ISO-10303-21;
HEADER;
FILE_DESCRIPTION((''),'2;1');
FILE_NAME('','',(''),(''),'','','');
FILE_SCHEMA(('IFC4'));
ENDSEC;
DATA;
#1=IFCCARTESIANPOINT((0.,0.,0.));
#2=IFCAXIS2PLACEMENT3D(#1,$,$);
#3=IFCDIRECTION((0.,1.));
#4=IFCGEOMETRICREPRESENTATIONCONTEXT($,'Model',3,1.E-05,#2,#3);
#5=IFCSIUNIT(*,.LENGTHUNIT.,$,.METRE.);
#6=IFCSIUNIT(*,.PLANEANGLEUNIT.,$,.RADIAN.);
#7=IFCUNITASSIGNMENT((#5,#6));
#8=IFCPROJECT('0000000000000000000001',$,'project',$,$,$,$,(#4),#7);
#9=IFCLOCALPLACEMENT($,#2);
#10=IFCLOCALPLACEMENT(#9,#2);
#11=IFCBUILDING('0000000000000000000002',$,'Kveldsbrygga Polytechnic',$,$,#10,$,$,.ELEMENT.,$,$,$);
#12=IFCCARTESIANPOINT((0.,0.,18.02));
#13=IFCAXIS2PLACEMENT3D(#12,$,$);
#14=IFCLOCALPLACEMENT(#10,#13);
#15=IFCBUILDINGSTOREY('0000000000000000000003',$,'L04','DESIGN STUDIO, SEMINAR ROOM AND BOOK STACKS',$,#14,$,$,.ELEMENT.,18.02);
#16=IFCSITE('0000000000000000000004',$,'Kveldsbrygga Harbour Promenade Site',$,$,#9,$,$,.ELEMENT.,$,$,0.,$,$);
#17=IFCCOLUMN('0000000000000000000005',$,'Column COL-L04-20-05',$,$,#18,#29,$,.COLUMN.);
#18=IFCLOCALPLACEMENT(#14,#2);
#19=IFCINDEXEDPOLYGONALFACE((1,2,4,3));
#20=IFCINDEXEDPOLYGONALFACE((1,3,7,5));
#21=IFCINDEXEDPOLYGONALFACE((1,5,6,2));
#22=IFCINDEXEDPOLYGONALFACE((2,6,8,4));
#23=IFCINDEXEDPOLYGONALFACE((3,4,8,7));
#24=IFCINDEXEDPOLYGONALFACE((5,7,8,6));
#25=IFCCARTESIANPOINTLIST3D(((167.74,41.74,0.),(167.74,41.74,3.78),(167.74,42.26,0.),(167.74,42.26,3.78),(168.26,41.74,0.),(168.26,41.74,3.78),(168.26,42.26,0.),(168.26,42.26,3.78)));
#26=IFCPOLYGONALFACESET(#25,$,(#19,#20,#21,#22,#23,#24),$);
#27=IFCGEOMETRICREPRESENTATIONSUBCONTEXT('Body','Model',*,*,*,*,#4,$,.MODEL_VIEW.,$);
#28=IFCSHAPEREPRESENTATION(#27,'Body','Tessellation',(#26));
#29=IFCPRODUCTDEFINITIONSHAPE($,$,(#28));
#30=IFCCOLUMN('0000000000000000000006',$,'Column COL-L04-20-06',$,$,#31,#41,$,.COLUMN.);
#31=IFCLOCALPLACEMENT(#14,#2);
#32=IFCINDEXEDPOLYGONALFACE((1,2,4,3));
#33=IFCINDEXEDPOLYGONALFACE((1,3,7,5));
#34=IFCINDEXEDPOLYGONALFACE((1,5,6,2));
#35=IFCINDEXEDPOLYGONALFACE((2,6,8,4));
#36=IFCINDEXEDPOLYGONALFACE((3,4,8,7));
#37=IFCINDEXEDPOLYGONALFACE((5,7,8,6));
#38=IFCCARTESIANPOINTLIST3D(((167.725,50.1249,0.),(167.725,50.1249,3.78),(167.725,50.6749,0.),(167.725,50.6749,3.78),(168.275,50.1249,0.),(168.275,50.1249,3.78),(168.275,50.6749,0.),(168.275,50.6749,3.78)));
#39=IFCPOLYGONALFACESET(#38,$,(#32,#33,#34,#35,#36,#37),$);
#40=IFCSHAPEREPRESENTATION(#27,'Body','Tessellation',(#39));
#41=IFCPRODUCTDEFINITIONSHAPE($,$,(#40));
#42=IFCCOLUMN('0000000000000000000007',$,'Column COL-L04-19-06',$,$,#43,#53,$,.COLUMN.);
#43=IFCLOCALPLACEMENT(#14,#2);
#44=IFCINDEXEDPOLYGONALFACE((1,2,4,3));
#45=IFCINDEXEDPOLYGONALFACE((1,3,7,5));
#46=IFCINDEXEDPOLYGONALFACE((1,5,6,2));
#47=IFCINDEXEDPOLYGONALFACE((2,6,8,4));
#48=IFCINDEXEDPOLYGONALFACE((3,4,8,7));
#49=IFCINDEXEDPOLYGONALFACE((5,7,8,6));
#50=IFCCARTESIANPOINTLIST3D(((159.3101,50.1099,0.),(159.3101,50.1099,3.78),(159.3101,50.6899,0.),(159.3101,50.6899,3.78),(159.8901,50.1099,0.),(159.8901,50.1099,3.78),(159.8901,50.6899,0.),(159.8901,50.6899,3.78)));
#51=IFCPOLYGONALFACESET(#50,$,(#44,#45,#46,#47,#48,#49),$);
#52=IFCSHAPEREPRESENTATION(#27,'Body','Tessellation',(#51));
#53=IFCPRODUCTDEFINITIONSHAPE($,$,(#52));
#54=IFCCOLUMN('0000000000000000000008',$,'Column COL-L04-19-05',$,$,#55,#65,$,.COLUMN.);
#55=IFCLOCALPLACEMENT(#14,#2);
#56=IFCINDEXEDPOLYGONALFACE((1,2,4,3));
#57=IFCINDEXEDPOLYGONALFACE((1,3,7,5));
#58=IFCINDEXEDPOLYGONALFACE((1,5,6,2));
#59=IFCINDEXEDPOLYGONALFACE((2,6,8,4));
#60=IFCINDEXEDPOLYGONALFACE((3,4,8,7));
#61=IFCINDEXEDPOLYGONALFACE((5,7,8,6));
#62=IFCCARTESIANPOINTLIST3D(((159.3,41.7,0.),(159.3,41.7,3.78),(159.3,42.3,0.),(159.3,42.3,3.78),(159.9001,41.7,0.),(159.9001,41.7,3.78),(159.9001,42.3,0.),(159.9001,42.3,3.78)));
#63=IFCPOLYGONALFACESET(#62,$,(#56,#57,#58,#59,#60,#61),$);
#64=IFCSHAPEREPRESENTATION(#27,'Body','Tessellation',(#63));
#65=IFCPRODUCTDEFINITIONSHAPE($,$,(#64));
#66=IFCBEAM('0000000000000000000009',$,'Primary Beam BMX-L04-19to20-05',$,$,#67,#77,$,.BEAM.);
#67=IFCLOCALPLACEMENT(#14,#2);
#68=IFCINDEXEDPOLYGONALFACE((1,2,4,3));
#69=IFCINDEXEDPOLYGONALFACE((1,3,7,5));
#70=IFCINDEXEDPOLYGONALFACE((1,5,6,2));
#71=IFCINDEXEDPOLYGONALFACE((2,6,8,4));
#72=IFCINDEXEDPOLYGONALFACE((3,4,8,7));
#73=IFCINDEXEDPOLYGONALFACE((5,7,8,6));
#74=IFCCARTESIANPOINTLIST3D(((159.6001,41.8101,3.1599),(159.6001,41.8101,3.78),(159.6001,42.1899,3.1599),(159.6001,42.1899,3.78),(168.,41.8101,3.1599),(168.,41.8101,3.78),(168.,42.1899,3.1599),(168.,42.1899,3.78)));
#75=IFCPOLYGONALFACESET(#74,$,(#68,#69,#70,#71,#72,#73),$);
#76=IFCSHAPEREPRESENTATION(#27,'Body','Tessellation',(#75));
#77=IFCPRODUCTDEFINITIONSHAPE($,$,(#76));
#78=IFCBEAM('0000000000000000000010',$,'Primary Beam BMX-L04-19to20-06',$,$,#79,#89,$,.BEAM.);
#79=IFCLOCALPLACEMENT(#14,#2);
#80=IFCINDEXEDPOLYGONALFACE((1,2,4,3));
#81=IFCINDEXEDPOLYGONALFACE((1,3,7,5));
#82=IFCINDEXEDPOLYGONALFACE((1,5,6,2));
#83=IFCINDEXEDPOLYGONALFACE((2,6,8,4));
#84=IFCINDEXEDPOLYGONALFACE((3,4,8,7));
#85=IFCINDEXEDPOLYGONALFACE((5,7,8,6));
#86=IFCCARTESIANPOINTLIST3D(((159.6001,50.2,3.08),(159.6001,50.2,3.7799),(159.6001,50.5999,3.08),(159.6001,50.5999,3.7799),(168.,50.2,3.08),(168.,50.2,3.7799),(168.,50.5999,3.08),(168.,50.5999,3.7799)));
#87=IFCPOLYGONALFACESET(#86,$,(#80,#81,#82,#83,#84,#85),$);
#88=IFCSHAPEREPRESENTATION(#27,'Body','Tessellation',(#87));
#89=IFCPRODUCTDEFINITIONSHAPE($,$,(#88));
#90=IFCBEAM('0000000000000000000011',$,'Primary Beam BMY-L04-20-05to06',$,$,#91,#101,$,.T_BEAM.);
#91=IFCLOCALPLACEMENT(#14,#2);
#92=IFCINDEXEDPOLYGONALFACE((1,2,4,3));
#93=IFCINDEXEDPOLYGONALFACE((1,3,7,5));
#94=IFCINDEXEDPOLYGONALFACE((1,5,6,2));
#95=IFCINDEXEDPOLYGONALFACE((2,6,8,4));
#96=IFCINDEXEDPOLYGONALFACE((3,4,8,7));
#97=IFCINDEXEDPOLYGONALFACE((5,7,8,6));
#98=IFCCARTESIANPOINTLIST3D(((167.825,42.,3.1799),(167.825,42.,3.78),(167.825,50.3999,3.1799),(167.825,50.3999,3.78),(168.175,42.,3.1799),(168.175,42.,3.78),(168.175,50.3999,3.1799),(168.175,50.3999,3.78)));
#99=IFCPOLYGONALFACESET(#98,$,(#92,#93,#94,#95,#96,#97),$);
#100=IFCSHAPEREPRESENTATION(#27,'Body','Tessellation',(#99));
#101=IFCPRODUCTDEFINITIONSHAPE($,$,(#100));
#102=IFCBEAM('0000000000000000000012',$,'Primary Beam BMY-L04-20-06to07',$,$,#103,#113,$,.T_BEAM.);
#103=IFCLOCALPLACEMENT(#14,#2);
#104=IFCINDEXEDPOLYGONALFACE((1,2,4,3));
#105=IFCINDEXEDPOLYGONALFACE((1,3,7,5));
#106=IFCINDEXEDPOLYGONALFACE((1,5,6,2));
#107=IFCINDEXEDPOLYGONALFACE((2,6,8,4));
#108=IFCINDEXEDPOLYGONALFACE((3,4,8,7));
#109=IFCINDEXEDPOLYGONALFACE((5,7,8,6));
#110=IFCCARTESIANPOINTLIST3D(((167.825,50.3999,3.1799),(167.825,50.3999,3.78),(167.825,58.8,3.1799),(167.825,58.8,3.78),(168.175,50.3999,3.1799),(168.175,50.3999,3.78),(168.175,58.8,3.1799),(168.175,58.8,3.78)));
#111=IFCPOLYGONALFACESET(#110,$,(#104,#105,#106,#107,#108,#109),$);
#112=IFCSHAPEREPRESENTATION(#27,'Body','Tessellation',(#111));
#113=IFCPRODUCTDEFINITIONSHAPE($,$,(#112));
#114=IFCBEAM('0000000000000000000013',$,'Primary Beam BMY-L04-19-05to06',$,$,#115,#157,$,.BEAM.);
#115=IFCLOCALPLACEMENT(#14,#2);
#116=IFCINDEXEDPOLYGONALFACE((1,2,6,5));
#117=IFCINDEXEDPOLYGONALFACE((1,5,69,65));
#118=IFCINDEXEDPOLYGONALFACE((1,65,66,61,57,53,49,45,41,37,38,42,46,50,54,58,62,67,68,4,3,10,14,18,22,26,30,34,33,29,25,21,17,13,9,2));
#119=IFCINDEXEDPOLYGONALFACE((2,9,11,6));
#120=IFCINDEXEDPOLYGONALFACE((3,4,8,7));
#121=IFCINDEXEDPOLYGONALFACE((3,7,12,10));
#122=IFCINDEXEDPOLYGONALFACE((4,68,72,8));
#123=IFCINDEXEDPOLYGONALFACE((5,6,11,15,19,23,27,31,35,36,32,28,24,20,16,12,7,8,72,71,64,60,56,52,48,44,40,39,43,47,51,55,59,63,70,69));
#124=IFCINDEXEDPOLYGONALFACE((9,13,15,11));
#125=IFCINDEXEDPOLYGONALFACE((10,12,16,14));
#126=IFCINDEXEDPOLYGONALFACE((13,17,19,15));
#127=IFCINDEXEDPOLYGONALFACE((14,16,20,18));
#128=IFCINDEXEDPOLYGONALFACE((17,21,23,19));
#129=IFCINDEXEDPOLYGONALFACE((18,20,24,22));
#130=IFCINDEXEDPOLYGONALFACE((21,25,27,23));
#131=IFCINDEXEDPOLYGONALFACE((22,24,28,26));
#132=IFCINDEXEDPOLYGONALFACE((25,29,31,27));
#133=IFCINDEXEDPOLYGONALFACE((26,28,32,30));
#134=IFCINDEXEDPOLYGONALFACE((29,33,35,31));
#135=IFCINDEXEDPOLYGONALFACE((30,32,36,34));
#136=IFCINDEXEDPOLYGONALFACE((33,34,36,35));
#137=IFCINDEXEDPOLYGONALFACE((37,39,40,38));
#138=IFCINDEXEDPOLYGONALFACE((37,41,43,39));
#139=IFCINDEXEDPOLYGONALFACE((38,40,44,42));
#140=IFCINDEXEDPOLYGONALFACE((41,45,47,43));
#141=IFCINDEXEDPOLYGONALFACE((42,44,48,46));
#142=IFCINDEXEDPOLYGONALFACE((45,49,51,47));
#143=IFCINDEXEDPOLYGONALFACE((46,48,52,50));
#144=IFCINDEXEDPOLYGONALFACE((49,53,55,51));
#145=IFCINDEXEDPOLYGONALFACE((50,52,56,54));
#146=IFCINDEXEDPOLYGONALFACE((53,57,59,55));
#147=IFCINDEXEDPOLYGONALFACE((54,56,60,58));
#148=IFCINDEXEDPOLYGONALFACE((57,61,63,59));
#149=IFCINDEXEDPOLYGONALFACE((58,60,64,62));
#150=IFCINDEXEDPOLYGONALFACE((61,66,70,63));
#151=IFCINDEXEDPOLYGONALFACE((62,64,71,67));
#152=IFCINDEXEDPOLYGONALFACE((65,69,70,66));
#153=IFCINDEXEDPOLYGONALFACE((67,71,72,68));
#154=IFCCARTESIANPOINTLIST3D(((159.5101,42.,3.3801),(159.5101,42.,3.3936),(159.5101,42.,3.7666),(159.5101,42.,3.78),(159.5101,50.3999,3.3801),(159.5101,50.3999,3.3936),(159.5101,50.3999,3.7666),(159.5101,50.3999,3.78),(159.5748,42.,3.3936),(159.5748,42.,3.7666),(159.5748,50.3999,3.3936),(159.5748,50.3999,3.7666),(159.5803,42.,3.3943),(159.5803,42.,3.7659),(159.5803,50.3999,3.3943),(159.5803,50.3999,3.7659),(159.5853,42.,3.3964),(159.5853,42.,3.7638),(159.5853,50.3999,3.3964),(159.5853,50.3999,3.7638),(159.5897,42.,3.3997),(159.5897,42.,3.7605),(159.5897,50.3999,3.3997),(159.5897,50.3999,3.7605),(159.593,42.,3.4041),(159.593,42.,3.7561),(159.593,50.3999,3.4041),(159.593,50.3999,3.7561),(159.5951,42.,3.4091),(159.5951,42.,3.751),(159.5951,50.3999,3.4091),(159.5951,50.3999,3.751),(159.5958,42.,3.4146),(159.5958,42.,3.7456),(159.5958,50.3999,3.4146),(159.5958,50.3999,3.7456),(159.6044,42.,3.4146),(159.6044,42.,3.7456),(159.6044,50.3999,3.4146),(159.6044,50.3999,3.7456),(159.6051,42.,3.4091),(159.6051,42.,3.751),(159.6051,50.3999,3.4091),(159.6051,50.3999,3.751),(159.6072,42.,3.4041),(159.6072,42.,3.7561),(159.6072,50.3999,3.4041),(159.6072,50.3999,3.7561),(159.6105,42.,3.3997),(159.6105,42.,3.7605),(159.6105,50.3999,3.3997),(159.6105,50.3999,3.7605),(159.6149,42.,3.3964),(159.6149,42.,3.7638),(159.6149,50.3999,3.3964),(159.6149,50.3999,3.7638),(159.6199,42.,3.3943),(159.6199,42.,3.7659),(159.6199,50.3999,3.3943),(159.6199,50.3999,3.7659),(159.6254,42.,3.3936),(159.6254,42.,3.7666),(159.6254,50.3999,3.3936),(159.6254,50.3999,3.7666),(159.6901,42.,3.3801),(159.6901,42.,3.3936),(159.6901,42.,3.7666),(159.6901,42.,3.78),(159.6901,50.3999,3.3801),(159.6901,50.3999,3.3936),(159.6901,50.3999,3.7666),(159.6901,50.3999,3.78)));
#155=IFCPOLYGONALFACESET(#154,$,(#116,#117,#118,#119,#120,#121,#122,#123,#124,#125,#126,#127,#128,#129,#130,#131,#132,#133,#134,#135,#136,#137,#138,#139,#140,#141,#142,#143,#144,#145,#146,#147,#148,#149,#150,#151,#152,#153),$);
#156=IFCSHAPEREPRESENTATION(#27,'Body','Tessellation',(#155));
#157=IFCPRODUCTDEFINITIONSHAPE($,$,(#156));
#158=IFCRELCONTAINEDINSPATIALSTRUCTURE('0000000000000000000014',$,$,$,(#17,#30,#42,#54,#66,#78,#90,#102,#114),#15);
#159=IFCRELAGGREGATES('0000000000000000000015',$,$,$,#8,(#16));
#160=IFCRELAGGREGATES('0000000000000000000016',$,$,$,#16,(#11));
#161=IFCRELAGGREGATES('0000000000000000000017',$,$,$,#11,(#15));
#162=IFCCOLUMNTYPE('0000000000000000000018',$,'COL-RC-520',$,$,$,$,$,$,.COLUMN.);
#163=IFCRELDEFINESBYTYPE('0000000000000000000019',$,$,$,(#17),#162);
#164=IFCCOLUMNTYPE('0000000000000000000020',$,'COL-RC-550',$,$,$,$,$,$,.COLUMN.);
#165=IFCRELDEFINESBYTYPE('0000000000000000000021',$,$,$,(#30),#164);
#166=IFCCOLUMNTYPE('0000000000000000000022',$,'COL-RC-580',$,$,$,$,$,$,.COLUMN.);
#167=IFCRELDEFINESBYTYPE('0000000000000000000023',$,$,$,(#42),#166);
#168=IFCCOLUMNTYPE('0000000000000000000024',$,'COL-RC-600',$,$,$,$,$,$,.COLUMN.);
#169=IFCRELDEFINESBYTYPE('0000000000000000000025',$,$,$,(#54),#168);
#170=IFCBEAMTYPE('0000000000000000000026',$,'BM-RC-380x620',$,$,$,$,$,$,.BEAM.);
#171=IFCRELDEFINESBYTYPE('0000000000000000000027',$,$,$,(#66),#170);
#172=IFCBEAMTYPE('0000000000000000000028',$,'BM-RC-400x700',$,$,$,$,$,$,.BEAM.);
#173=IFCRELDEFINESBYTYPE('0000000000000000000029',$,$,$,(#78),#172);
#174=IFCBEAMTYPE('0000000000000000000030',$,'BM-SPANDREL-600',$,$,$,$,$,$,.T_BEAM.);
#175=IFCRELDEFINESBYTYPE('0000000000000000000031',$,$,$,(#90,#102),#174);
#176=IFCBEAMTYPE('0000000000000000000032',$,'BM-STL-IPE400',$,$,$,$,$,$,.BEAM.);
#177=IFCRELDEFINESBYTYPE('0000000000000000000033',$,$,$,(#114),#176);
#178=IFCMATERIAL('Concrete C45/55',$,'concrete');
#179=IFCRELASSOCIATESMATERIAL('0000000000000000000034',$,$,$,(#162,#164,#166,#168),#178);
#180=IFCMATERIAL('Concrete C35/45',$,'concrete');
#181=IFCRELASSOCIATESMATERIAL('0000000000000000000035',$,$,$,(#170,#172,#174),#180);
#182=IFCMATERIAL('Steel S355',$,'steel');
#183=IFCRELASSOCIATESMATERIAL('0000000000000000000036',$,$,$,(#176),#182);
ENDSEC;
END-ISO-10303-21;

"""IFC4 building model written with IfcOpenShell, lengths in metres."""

from ifc_helpers import new_model, si_unit, direction, frame, origin, origin_2d, place, context, subcontext, project, spatial, rectangle, i_section, extrude, material, material_profile, profile_set, type_object, element, save


model = new_model("IFC4")

# Units and contexts
model_context = context("Model", 3, precision=1e-05, world=origin(), true_north=direction((0.0, 1.0)))
body_context = subcontext(model_context, "Body", "Model", "MODEL_VIEW")
ifc_project = project(units=[si_unit("LENGTHUNIT", "METRE"), si_unit("PLANEANGLEUNIT", "RADIAN")], contexts=[model_context])

# Site, building, storey
site_placement = place(None, origin())
site = spatial("IfcSite", under=ifc_project, at=site_placement, Name="Kveldsbrygga Harbour Promenade Site", CompositionType="ELEMENT", RefElevation=0.0)
building_placement = place(site_placement, origin())
building = spatial("IfcBuilding", under=site, at=building_placement, Name="Kveldsbrygga Polytechnic", CompositionType="ELEMENT")
storey_placement = place(building_placement, frame((0.0, 0.0, 18.02)))
storey = spatial("IfcBuildingStorey", under=building, at=storey_placement, Name="L04", Description="DESIGN STUDIO, SEMINAR ROOM AND BOOK STACKS", CompositionType="ELEMENT", Elevation=18.02)

# Columns
ifc_material_1 = material(Name="Concrete C45/55", Category="concrete")
ifc_material_profile_1 = material_profile(ifc_material_1, rectangle(XDim=0.52, YDim=0.52, at=origin_2d()), Name="RC 520x520")
ifc_profile_set_1 = profile_set([ifc_material_profile_1], Name="Concrete C45/55")
column_type_1 = type_object("IfcColumnType", Name="COL-RC-520", PredefinedType="COLUMN", material=ifc_profile_set_1)
column_1_placement = place(storey_placement, frame((168.0, 42.0, 0.0), z_axis=(0.0, 0.0, 1.0), x_axis=(1.0, 0.0, 0.0)))
element("IfcColumn", 1, at=column_1_placement, inside=storey, type_object=column_type_1, Name="Column COL-L04-20-05", PredefinedType="COLUMN", context=body_context, shape_type="SweptSolid", body=[
    extrude(rectangle(XDim=0.52, YDim=0.52, at=origin_2d()), origin(), (0.0, 0.0, 1.0), 3.78),
])
ifc_material_profile_2 = material_profile(ifc_material_1, rectangle(XDim=0.55, YDim=0.55, at=origin_2d()), Name="RC 550x550")
ifc_profile_set_2 = profile_set([ifc_material_profile_2], Name="Concrete C45/55")
column_type_2 = type_object("IfcColumnType", Name="COL-RC-550", PredefinedType="COLUMN", material=ifc_profile_set_2)
column_2_placement = place(storey_placement, frame((168.0, 50.3999, 0.0), z_axis=(0.0, 0.0, 1.0), x_axis=(1.0, 0.0, 0.0)))
element("IfcColumn", 2, at=column_2_placement, inside=storey, type_object=column_type_2, Name="Column COL-L04-20-06", PredefinedType="COLUMN", context=body_context, shape_type="SweptSolid", body=[
    extrude(rectangle(XDim=0.55, YDim=0.55, at=origin_2d()), origin(), (0.0, 0.0, 1.0), 3.78),
])
ifc_material_profile_3 = material_profile(ifc_material_1, rectangle(XDim=0.5801, YDim=0.5801, at=origin_2d()), Name="RC 580x580")
ifc_profile_set_3 = profile_set([ifc_material_profile_3], Name="Concrete C45/55")
column_type_3 = type_object("IfcColumnType", Name="COL-RC-580", PredefinedType="COLUMN", material=ifc_profile_set_3)
column_3_placement = place(storey_placement, frame((159.6001, 50.3999, 0.0), z_axis=(0.0, 0.0, 1.0), x_axis=(1.0, 0.0, 0.0)))
element("IfcColumn", 3, at=column_3_placement, inside=storey, type_object=column_type_3, Name="Column COL-L04-19-06", PredefinedType="COLUMN", context=body_context, shape_type="SweptSolid", body=[
    extrude(rectangle(XDim=0.5801, YDim=0.5801, at=origin_2d()), origin(), (0.0, 0.0, 1.0), 3.78),
])
ifc_material_profile_4 = material_profile(ifc_material_1, rectangle(XDim=0.6001, YDim=0.6001, at=origin_2d()), Name="RC 600x600")
ifc_profile_set_4 = profile_set([ifc_material_profile_4], Name="Concrete C45/55")
column_type_4 = type_object("IfcColumnType", Name="COL-RC-600", PredefinedType="COLUMN", material=ifc_profile_set_4)
column_4_placement = place(storey_placement, frame((159.6001, 42.0, 0.0), z_axis=(0.0, 0.0, 1.0), x_axis=(1.0, 0.0, 0.0)))
element("IfcColumn", 4, at=column_4_placement, inside=storey, type_object=column_type_4, Name="Column COL-L04-19-05", PredefinedType="COLUMN", context=body_context, shape_type="SweptSolid", body=[
    extrude(rectangle(XDim=0.6001, YDim=0.6001, at=origin_2d()), origin(), (0.0, 0.0, 1.0), 3.78),
])

# Beams
ifc_material_2 = material(Name="Concrete C35/45", Category="concrete")
ifc_material_profile_5 = material_profile(ifc_material_2, rectangle(XDim=0.3799, YDim=0.6201, at=origin_2d()), Name="RC 380x620")
ifc_profile_set_5 = profile_set([ifc_material_profile_5], Name="Concrete C35/45")
beam_type_1 = type_object("IfcBeamType", Name="BM-RC-380x620", PredefinedType="BEAM", material=ifc_profile_set_5)
beam_1_placement = place(storey_placement, frame((159.6001, 42.0, 3.47), z_axis=(1.0, 0.0, 0.0), x_axis=(0.0, 1.0, 0.0)))
element("IfcBeam", 5, at=beam_1_placement, inside=storey, type_object=beam_type_1, Name="Primary Beam BMX-L04-19to20-05", PredefinedType="BEAM", context=body_context, shape_type="SweptSolid", body=[
    extrude(rectangle(XDim=0.3799, YDim=0.6201, at=origin_2d()), origin(), (0.0, 0.0, 1.0), 8.3999),
])
ifc_material_profile_6 = material_profile(ifc_material_2, rectangle(XDim=0.3999, YDim=0.7, at=origin_2d()), Name="RC 400x700")
ifc_profile_set_6 = profile_set([ifc_material_profile_6], Name="Concrete C35/45")
beam_type_2 = type_object("IfcBeamType", Name="BM-RC-400x700", PredefinedType="BEAM", material=ifc_profile_set_6)
beam_2_placement = place(storey_placement, frame((159.6001, 50.3999, 3.4299), z_axis=(1.0, 0.0, 0.0), x_axis=(0.0, 1.0, 0.0)))
element("IfcBeam", 6, at=beam_2_placement, inside=storey, type_object=beam_type_2, Name="Primary Beam BMX-L04-19to20-06", PredefinedType="BEAM", context=body_context, shape_type="SweptSolid", body=[
    extrude(rectangle(XDim=0.3999, YDim=0.7, at=origin_2d()), origin(), (0.0, 0.0, 1.0), 8.3999),
])
ifc_material_profile_7 = material_profile(ifc_material_2, rectangle(XDim=0.3501, YDim=0.6001, at=origin_2d()), Name="RC 350x600")
ifc_profile_set_7 = profile_set([ifc_material_profile_7], Name="Concrete C35/45")
beam_type_3 = type_object("IfcBeamType", Name="BM-SPANDREL-600", PredefinedType="T_BEAM", material=ifc_profile_set_7)
beam_3_placement = place(storey_placement, frame((168.0, 42.0, 3.48), z_axis=(0.0, 1.0, 0.0), x_axis=(-1.0, 0.0, 0.0)))
element("IfcBeam", 7, at=beam_3_placement, inside=storey, type_object=beam_type_3, Name="Primary Beam BMY-L04-20-05to06", PredefinedType="T_BEAM", context=body_context, shape_type="SweptSolid", body=[
    extrude(rectangle(XDim=0.3501, YDim=0.6001, at=origin_2d()), origin(), (0.0, 0.0, 1.0), 8.3999),
])
beam_4_placement = place(storey_placement, frame((168.0, 50.3999, 3.48), z_axis=(0.0, 1.0, 0.0), x_axis=(-1.0, 0.0, 0.0)))
element("IfcBeam", 8, at=beam_4_placement, inside=storey, type_object=beam_type_3, Name="Primary Beam BMY-L04-20-06to07", PredefinedType="T_BEAM", context=body_context, shape_type="SweptSolid", body=[
    extrude(rectangle(XDim=0.3501, YDim=0.6001, at=origin_2d()), origin(), (0.0, 0.0, 1.0), 8.4001),
])
ifc_material_3 = material(Name="Steel S355", Category="steel")
ifc_material_profile_8 = material_profile(ifc_material_3, i_section(OverallWidth=0.1799, OverallDepth=0.3999, WebThickness=0.0085, FlangeThickness=0.0134, FilletRadius=0.021, at=origin_2d()), Name="IPE 400")
ifc_profile_set_8 = profile_set([ifc_material_profile_8], Name="Steel S355")
beam_type_4 = type_object("IfcBeamType", Name="BM-STL-IPE400", PredefinedType="BEAM", material=ifc_profile_set_8)
beam_5_placement = place(storey_placement, frame((159.6001, 42.0, 3.5801), z_axis=(0.0, 1.0, 0.0), x_axis=(-1.0, 0.0, 0.0)))
element("IfcBeam", 9, at=beam_5_placement, inside=storey, type_object=beam_type_4, Name="Primary Beam BMY-L04-19-05to06", PredefinedType="BEAM", context=body_context, shape_type="SweptSolid", body=[
    extrude(i_section(OverallWidth=0.1799, OverallDepth=0.3999, WebThickness=0.0085, FlangeThickness=0.0134, FilletRadius=0.021, at=origin_2d()), origin(), (0.0, 0.0, 1.0), 8.3999),
])

save(model, "model.ifc")
